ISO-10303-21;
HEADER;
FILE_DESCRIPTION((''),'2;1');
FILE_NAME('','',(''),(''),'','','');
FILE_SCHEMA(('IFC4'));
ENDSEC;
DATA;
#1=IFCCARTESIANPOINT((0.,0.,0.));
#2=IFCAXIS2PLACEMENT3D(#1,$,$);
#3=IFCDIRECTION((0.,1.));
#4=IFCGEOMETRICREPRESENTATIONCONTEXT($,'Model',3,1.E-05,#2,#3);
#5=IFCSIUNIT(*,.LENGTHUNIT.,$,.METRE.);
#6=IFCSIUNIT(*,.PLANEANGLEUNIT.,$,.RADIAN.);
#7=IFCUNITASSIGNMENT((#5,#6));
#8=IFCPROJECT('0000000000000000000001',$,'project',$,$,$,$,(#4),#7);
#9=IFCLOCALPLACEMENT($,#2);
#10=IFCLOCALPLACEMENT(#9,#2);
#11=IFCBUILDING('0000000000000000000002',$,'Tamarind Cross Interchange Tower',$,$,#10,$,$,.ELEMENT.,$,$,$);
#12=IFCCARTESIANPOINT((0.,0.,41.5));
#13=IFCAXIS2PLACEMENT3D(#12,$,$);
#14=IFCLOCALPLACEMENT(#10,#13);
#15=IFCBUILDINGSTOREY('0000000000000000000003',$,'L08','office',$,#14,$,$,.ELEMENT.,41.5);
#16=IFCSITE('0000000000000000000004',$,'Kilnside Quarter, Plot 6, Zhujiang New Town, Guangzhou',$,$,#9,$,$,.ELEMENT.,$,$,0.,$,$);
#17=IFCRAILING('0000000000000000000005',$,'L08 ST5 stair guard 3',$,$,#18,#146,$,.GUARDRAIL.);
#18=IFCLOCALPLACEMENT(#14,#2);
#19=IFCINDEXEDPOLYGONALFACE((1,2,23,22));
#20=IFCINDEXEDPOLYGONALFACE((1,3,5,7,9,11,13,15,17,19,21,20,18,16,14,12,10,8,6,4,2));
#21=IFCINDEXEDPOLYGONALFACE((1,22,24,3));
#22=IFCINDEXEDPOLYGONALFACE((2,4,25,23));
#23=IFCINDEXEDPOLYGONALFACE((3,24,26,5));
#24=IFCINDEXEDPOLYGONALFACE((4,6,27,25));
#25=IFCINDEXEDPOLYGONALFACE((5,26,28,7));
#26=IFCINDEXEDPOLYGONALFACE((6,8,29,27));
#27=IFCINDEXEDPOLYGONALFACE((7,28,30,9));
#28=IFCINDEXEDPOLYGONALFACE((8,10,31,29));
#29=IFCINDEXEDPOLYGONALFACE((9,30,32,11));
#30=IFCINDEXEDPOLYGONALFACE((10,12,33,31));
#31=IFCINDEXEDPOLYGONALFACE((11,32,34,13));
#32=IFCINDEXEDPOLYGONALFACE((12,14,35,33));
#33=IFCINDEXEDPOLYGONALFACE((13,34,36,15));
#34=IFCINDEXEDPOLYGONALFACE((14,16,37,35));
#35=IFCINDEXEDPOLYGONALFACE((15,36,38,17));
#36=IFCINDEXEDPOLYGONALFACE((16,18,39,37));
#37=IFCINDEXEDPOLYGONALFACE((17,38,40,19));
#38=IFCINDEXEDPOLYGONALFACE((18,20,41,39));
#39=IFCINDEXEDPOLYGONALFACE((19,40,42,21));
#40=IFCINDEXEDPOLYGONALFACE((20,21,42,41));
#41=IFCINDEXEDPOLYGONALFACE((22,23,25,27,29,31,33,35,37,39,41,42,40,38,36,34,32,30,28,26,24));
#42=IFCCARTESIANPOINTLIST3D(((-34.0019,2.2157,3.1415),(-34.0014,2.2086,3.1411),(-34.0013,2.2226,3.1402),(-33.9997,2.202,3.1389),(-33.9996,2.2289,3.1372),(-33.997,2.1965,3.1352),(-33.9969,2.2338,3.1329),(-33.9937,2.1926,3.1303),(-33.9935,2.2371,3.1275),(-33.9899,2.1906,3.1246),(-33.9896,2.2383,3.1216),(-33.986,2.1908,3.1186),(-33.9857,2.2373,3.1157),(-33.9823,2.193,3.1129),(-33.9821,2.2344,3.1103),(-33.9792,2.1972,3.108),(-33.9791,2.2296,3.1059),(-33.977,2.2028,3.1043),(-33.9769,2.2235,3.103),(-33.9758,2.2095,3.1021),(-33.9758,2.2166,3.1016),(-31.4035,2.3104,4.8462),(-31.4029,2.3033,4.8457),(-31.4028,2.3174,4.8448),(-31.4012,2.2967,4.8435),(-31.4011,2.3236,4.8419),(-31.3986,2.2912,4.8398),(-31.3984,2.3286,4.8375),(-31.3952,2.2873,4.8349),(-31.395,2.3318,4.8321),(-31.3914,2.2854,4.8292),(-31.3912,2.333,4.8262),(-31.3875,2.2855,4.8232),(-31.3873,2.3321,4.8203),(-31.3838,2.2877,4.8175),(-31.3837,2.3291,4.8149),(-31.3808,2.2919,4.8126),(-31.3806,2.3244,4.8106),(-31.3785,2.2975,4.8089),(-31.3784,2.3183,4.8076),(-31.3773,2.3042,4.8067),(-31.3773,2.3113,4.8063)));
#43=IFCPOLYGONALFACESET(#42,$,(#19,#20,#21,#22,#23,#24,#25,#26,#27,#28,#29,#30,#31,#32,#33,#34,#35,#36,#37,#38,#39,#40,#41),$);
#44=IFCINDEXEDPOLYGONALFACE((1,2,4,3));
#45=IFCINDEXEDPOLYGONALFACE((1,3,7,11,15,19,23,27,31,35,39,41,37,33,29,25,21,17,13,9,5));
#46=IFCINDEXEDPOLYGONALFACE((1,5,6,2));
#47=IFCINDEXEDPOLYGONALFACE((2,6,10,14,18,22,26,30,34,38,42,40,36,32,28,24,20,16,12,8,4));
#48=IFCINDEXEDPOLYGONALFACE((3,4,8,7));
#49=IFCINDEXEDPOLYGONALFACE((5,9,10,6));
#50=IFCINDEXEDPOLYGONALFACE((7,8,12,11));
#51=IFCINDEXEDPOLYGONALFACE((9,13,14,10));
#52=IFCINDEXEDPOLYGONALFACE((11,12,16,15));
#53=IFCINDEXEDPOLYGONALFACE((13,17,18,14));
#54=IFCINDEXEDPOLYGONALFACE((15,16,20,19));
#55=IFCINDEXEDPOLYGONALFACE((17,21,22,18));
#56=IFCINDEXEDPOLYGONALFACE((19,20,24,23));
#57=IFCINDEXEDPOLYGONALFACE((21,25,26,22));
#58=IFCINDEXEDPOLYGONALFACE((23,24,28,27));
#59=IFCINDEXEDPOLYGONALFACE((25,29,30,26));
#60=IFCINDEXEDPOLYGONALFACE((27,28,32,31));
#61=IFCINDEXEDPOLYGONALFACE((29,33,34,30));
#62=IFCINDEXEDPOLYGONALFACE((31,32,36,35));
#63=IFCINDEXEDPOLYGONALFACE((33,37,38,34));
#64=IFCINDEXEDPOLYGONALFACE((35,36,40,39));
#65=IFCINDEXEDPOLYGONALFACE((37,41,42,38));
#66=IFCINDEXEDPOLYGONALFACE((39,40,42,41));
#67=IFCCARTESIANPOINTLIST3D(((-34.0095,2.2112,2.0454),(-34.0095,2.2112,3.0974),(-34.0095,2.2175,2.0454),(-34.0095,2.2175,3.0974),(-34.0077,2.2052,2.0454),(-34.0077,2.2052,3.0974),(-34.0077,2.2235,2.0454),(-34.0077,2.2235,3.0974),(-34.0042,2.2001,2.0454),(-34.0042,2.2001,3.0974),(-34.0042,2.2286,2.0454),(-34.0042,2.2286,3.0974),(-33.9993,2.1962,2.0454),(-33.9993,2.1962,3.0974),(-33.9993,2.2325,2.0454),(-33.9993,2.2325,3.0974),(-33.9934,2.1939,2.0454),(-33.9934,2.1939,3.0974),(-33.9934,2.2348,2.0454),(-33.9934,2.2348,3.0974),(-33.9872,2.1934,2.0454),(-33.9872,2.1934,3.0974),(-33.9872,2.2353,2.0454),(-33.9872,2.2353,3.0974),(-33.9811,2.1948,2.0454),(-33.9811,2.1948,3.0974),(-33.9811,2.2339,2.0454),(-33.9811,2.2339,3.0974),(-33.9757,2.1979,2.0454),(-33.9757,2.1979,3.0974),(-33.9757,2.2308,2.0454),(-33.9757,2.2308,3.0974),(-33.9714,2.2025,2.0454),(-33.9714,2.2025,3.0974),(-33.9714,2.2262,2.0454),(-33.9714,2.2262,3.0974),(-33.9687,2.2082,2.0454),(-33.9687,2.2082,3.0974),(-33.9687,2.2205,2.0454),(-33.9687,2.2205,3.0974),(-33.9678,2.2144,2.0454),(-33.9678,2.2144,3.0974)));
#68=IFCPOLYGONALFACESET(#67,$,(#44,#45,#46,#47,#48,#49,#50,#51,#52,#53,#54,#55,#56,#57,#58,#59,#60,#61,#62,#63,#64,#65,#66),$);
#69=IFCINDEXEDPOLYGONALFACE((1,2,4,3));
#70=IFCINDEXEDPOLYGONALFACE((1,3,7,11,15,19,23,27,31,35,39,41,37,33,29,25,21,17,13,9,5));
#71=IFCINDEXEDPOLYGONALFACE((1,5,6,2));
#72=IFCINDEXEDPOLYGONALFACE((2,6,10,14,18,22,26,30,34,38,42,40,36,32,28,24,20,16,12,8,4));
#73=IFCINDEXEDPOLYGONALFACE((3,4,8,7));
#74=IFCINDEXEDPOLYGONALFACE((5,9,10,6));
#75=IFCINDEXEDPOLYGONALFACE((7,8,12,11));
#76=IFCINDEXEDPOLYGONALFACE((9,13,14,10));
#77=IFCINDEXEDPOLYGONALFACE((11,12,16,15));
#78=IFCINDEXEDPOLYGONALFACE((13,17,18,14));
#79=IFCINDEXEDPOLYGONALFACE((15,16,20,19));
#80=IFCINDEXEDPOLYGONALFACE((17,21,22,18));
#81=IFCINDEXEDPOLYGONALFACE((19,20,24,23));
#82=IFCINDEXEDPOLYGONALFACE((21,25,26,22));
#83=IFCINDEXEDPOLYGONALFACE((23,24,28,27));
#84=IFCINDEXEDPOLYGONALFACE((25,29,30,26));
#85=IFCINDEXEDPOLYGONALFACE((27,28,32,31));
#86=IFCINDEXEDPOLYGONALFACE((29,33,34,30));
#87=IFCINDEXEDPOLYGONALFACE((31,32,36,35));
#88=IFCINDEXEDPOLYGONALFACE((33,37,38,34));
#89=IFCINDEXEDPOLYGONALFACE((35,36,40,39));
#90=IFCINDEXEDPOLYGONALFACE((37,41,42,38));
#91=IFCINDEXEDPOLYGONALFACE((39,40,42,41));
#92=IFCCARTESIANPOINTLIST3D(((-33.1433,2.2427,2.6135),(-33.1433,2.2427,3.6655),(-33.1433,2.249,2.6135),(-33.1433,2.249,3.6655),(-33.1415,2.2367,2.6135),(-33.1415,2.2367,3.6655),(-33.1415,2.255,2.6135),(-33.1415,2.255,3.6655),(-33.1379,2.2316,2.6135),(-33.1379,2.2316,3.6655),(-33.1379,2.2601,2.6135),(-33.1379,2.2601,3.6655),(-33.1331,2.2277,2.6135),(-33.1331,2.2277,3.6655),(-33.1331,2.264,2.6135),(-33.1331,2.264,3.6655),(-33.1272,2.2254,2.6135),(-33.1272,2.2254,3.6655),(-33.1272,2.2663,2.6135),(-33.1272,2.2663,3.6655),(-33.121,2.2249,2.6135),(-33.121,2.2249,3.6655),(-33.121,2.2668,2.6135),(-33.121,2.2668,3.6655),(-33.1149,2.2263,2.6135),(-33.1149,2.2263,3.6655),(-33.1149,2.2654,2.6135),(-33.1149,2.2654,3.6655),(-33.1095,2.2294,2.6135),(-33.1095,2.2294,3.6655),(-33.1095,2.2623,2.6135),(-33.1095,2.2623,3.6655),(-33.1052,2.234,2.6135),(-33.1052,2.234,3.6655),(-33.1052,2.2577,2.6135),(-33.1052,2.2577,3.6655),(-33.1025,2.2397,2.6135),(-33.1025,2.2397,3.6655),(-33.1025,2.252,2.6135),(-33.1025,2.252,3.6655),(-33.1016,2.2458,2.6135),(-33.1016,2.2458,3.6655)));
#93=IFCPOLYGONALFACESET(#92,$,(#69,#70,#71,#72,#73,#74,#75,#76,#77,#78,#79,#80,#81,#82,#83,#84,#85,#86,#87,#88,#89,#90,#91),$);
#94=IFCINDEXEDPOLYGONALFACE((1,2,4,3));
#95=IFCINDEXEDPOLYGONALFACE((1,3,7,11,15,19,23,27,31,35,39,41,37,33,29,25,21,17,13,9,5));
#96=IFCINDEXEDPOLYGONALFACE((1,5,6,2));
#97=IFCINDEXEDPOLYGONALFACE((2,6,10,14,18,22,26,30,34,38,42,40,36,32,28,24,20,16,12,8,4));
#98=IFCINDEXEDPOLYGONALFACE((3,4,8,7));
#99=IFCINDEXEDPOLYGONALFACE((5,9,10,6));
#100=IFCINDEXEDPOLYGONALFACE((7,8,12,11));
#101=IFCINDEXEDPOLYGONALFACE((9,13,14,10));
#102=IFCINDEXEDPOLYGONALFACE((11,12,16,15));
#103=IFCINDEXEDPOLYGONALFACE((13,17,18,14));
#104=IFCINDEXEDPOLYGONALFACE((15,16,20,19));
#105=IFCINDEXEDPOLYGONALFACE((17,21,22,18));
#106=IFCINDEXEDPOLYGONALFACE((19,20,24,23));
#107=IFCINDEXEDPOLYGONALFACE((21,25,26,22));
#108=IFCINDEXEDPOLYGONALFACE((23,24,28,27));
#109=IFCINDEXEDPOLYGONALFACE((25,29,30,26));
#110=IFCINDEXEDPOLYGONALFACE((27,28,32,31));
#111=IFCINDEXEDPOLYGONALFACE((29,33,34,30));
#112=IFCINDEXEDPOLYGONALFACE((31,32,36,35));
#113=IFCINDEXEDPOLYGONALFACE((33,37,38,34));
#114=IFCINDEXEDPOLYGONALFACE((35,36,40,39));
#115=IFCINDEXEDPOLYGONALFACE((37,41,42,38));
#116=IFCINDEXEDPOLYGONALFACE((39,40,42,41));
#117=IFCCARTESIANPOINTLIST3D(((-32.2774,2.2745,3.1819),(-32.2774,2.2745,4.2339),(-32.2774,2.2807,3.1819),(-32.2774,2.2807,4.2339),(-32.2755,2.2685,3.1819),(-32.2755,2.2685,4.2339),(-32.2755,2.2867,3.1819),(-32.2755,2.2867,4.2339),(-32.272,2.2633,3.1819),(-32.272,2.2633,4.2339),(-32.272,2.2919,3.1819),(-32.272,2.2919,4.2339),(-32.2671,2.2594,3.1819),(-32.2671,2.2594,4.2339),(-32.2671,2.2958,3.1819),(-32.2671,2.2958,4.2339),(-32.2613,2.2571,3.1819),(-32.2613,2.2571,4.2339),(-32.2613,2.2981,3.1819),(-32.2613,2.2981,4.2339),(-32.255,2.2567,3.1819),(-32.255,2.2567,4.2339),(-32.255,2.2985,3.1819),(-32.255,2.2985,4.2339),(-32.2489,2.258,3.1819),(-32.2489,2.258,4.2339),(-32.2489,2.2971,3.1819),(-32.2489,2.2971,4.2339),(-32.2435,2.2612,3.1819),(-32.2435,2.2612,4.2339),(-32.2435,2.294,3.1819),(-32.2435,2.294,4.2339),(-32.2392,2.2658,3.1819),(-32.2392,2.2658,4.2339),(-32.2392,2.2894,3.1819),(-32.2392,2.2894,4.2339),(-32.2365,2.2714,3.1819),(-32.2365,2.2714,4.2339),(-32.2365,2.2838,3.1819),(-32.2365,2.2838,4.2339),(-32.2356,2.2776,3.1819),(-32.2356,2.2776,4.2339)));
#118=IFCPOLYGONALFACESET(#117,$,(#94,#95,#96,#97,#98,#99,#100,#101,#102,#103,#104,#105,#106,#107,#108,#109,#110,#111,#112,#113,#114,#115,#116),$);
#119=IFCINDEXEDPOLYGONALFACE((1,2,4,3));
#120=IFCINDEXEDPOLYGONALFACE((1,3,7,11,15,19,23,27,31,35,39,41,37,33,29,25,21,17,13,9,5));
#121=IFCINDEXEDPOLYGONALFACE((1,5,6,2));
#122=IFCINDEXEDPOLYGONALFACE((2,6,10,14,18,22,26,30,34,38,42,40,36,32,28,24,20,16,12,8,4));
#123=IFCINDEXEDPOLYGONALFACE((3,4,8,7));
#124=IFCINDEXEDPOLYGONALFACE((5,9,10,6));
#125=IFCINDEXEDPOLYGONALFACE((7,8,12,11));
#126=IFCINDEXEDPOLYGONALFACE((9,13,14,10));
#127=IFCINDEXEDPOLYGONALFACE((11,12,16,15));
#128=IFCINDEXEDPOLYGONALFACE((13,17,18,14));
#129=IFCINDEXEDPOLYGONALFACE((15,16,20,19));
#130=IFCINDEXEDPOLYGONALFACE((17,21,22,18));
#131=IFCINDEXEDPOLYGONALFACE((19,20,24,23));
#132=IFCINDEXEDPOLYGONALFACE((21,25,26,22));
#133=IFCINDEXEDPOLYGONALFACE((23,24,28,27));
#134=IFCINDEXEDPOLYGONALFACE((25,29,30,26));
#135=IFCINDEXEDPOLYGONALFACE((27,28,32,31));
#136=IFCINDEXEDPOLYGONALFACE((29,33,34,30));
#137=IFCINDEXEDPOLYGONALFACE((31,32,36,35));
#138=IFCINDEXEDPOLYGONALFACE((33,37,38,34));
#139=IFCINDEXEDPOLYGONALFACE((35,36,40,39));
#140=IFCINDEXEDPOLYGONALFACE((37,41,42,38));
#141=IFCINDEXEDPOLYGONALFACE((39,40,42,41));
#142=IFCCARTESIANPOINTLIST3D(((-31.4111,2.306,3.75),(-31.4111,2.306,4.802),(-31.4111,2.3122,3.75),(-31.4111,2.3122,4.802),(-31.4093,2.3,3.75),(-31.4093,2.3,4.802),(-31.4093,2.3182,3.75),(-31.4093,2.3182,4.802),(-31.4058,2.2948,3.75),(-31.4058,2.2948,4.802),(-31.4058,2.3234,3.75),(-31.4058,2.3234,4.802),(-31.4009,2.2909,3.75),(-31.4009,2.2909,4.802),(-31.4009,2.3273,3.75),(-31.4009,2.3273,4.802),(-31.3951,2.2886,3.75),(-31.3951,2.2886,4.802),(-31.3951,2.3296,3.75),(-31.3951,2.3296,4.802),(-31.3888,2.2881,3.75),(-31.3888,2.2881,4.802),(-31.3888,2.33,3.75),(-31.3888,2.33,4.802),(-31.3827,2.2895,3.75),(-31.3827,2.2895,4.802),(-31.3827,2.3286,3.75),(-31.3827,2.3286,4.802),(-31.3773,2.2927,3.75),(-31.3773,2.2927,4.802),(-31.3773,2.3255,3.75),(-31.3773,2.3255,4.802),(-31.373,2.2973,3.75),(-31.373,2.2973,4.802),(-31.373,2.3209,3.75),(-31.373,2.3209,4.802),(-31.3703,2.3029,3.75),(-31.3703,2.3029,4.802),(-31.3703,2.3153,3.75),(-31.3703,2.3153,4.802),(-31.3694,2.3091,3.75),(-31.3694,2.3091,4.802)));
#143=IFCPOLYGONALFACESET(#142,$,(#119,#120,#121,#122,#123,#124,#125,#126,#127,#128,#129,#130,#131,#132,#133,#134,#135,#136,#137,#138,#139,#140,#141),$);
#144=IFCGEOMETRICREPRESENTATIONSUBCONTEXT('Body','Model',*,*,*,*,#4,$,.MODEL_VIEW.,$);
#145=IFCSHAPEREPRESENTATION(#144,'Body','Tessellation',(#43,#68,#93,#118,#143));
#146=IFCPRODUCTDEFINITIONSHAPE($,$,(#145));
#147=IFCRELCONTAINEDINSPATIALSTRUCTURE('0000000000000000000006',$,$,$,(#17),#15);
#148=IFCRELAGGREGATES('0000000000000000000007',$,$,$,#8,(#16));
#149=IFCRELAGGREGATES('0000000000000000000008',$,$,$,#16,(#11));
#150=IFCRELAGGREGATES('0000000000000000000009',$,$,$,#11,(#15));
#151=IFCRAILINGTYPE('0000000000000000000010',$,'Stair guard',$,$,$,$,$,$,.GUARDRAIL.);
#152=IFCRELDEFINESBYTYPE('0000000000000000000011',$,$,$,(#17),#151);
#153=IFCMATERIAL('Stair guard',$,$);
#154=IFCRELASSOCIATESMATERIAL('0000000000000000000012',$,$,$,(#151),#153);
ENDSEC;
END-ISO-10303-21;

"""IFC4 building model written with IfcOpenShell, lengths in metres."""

from ifc_helpers import new_model, si_unit, direction, frame, origin, origin_2d, place, context, subcontext, project, spatial, circle, extrude, material, type_object, element, save


model = new_model("IFC4")

# Units and contexts
model_context = context("Model", 3, precision=1e-05, world=origin(), true_north=direction((0.0, 1.0)))
body_context = subcontext(model_context, "Body", "Model", "MODEL_VIEW")
ifc_project = project(units=[si_unit("LENGTHUNIT", "METRE"), si_unit("PLANEANGLEUNIT", "RADIAN")], contexts=[model_context])

# Site, building, storey
site_placement = place(None, origin())
site = spatial("IfcSite", under=ifc_project, at=site_placement, Name="Kilnside Quarter, Plot 6, Zhujiang New Town, Guangzhou", CompositionType="ELEMENT", RefElevation=0.0)
building_placement = place(site_placement, origin())
building = spatial("IfcBuilding", under=site, at=building_placement, Name="Tamarind Cross Interchange Tower", CompositionType="ELEMENT")
storey_placement = place(building_placement, frame((0.0, 0.0, 41.5)))
storey = spatial("IfcBuildingStorey", under=building, at=storey_placement, Name="L08", Description="office", CompositionType="ELEMENT", Elevation=41.5)

# Railing
ifc_material_1 = material(Name="Stair guard")
railing_type_1 = type_object("IfcRailingType", Name="Stair guard", PredefinedType="GUARDRAIL", material=ifc_material_1)
railing_1_placement = place(storey_placement, frame((-33.9888, 2.2144, 2.0454)))
element("IfcRailing", 1, at=railing_1_placement, inside=storey, type_object=railing_type_1, Name="L08 ST5 stair guard 3", PredefinedType="GUARDRAIL", context=body_context, shape_type="SweptSolid", body=[
    extrude(circle(Radius=0.0239, at=origin_2d()), frame((0.0, 0.0, 1.0762), z_axis=(0.835749, 0.030468, 0.548266), x_axis=(-0.036432, 0.999336, 0.0)), (0.0, 0.0, 1.0), 3.1091),
    extrude(circle(Radius=0.021, at=origin_2d()), origin(), (0.0, 0.0, 1.0), 1.052),
    extrude(circle(Radius=0.021, at=origin_2d()), frame((0.8662, 0.0315, 0.5681)), (0.0, 0.0, 1.0), 1.052),
    extrude(circle(Radius=0.021, at=origin_2d()), frame((1.7322, 0.0632, 1.1365)), (0.0, 0.0, 1.0), 1.052),
    extrude(circle(Radius=0.021, at=origin_2d()), frame((2.5984, 0.0947, 1.7046)), (0.0, 0.0, 1.0), 1.052),
])

save(model, "model.ifc")
